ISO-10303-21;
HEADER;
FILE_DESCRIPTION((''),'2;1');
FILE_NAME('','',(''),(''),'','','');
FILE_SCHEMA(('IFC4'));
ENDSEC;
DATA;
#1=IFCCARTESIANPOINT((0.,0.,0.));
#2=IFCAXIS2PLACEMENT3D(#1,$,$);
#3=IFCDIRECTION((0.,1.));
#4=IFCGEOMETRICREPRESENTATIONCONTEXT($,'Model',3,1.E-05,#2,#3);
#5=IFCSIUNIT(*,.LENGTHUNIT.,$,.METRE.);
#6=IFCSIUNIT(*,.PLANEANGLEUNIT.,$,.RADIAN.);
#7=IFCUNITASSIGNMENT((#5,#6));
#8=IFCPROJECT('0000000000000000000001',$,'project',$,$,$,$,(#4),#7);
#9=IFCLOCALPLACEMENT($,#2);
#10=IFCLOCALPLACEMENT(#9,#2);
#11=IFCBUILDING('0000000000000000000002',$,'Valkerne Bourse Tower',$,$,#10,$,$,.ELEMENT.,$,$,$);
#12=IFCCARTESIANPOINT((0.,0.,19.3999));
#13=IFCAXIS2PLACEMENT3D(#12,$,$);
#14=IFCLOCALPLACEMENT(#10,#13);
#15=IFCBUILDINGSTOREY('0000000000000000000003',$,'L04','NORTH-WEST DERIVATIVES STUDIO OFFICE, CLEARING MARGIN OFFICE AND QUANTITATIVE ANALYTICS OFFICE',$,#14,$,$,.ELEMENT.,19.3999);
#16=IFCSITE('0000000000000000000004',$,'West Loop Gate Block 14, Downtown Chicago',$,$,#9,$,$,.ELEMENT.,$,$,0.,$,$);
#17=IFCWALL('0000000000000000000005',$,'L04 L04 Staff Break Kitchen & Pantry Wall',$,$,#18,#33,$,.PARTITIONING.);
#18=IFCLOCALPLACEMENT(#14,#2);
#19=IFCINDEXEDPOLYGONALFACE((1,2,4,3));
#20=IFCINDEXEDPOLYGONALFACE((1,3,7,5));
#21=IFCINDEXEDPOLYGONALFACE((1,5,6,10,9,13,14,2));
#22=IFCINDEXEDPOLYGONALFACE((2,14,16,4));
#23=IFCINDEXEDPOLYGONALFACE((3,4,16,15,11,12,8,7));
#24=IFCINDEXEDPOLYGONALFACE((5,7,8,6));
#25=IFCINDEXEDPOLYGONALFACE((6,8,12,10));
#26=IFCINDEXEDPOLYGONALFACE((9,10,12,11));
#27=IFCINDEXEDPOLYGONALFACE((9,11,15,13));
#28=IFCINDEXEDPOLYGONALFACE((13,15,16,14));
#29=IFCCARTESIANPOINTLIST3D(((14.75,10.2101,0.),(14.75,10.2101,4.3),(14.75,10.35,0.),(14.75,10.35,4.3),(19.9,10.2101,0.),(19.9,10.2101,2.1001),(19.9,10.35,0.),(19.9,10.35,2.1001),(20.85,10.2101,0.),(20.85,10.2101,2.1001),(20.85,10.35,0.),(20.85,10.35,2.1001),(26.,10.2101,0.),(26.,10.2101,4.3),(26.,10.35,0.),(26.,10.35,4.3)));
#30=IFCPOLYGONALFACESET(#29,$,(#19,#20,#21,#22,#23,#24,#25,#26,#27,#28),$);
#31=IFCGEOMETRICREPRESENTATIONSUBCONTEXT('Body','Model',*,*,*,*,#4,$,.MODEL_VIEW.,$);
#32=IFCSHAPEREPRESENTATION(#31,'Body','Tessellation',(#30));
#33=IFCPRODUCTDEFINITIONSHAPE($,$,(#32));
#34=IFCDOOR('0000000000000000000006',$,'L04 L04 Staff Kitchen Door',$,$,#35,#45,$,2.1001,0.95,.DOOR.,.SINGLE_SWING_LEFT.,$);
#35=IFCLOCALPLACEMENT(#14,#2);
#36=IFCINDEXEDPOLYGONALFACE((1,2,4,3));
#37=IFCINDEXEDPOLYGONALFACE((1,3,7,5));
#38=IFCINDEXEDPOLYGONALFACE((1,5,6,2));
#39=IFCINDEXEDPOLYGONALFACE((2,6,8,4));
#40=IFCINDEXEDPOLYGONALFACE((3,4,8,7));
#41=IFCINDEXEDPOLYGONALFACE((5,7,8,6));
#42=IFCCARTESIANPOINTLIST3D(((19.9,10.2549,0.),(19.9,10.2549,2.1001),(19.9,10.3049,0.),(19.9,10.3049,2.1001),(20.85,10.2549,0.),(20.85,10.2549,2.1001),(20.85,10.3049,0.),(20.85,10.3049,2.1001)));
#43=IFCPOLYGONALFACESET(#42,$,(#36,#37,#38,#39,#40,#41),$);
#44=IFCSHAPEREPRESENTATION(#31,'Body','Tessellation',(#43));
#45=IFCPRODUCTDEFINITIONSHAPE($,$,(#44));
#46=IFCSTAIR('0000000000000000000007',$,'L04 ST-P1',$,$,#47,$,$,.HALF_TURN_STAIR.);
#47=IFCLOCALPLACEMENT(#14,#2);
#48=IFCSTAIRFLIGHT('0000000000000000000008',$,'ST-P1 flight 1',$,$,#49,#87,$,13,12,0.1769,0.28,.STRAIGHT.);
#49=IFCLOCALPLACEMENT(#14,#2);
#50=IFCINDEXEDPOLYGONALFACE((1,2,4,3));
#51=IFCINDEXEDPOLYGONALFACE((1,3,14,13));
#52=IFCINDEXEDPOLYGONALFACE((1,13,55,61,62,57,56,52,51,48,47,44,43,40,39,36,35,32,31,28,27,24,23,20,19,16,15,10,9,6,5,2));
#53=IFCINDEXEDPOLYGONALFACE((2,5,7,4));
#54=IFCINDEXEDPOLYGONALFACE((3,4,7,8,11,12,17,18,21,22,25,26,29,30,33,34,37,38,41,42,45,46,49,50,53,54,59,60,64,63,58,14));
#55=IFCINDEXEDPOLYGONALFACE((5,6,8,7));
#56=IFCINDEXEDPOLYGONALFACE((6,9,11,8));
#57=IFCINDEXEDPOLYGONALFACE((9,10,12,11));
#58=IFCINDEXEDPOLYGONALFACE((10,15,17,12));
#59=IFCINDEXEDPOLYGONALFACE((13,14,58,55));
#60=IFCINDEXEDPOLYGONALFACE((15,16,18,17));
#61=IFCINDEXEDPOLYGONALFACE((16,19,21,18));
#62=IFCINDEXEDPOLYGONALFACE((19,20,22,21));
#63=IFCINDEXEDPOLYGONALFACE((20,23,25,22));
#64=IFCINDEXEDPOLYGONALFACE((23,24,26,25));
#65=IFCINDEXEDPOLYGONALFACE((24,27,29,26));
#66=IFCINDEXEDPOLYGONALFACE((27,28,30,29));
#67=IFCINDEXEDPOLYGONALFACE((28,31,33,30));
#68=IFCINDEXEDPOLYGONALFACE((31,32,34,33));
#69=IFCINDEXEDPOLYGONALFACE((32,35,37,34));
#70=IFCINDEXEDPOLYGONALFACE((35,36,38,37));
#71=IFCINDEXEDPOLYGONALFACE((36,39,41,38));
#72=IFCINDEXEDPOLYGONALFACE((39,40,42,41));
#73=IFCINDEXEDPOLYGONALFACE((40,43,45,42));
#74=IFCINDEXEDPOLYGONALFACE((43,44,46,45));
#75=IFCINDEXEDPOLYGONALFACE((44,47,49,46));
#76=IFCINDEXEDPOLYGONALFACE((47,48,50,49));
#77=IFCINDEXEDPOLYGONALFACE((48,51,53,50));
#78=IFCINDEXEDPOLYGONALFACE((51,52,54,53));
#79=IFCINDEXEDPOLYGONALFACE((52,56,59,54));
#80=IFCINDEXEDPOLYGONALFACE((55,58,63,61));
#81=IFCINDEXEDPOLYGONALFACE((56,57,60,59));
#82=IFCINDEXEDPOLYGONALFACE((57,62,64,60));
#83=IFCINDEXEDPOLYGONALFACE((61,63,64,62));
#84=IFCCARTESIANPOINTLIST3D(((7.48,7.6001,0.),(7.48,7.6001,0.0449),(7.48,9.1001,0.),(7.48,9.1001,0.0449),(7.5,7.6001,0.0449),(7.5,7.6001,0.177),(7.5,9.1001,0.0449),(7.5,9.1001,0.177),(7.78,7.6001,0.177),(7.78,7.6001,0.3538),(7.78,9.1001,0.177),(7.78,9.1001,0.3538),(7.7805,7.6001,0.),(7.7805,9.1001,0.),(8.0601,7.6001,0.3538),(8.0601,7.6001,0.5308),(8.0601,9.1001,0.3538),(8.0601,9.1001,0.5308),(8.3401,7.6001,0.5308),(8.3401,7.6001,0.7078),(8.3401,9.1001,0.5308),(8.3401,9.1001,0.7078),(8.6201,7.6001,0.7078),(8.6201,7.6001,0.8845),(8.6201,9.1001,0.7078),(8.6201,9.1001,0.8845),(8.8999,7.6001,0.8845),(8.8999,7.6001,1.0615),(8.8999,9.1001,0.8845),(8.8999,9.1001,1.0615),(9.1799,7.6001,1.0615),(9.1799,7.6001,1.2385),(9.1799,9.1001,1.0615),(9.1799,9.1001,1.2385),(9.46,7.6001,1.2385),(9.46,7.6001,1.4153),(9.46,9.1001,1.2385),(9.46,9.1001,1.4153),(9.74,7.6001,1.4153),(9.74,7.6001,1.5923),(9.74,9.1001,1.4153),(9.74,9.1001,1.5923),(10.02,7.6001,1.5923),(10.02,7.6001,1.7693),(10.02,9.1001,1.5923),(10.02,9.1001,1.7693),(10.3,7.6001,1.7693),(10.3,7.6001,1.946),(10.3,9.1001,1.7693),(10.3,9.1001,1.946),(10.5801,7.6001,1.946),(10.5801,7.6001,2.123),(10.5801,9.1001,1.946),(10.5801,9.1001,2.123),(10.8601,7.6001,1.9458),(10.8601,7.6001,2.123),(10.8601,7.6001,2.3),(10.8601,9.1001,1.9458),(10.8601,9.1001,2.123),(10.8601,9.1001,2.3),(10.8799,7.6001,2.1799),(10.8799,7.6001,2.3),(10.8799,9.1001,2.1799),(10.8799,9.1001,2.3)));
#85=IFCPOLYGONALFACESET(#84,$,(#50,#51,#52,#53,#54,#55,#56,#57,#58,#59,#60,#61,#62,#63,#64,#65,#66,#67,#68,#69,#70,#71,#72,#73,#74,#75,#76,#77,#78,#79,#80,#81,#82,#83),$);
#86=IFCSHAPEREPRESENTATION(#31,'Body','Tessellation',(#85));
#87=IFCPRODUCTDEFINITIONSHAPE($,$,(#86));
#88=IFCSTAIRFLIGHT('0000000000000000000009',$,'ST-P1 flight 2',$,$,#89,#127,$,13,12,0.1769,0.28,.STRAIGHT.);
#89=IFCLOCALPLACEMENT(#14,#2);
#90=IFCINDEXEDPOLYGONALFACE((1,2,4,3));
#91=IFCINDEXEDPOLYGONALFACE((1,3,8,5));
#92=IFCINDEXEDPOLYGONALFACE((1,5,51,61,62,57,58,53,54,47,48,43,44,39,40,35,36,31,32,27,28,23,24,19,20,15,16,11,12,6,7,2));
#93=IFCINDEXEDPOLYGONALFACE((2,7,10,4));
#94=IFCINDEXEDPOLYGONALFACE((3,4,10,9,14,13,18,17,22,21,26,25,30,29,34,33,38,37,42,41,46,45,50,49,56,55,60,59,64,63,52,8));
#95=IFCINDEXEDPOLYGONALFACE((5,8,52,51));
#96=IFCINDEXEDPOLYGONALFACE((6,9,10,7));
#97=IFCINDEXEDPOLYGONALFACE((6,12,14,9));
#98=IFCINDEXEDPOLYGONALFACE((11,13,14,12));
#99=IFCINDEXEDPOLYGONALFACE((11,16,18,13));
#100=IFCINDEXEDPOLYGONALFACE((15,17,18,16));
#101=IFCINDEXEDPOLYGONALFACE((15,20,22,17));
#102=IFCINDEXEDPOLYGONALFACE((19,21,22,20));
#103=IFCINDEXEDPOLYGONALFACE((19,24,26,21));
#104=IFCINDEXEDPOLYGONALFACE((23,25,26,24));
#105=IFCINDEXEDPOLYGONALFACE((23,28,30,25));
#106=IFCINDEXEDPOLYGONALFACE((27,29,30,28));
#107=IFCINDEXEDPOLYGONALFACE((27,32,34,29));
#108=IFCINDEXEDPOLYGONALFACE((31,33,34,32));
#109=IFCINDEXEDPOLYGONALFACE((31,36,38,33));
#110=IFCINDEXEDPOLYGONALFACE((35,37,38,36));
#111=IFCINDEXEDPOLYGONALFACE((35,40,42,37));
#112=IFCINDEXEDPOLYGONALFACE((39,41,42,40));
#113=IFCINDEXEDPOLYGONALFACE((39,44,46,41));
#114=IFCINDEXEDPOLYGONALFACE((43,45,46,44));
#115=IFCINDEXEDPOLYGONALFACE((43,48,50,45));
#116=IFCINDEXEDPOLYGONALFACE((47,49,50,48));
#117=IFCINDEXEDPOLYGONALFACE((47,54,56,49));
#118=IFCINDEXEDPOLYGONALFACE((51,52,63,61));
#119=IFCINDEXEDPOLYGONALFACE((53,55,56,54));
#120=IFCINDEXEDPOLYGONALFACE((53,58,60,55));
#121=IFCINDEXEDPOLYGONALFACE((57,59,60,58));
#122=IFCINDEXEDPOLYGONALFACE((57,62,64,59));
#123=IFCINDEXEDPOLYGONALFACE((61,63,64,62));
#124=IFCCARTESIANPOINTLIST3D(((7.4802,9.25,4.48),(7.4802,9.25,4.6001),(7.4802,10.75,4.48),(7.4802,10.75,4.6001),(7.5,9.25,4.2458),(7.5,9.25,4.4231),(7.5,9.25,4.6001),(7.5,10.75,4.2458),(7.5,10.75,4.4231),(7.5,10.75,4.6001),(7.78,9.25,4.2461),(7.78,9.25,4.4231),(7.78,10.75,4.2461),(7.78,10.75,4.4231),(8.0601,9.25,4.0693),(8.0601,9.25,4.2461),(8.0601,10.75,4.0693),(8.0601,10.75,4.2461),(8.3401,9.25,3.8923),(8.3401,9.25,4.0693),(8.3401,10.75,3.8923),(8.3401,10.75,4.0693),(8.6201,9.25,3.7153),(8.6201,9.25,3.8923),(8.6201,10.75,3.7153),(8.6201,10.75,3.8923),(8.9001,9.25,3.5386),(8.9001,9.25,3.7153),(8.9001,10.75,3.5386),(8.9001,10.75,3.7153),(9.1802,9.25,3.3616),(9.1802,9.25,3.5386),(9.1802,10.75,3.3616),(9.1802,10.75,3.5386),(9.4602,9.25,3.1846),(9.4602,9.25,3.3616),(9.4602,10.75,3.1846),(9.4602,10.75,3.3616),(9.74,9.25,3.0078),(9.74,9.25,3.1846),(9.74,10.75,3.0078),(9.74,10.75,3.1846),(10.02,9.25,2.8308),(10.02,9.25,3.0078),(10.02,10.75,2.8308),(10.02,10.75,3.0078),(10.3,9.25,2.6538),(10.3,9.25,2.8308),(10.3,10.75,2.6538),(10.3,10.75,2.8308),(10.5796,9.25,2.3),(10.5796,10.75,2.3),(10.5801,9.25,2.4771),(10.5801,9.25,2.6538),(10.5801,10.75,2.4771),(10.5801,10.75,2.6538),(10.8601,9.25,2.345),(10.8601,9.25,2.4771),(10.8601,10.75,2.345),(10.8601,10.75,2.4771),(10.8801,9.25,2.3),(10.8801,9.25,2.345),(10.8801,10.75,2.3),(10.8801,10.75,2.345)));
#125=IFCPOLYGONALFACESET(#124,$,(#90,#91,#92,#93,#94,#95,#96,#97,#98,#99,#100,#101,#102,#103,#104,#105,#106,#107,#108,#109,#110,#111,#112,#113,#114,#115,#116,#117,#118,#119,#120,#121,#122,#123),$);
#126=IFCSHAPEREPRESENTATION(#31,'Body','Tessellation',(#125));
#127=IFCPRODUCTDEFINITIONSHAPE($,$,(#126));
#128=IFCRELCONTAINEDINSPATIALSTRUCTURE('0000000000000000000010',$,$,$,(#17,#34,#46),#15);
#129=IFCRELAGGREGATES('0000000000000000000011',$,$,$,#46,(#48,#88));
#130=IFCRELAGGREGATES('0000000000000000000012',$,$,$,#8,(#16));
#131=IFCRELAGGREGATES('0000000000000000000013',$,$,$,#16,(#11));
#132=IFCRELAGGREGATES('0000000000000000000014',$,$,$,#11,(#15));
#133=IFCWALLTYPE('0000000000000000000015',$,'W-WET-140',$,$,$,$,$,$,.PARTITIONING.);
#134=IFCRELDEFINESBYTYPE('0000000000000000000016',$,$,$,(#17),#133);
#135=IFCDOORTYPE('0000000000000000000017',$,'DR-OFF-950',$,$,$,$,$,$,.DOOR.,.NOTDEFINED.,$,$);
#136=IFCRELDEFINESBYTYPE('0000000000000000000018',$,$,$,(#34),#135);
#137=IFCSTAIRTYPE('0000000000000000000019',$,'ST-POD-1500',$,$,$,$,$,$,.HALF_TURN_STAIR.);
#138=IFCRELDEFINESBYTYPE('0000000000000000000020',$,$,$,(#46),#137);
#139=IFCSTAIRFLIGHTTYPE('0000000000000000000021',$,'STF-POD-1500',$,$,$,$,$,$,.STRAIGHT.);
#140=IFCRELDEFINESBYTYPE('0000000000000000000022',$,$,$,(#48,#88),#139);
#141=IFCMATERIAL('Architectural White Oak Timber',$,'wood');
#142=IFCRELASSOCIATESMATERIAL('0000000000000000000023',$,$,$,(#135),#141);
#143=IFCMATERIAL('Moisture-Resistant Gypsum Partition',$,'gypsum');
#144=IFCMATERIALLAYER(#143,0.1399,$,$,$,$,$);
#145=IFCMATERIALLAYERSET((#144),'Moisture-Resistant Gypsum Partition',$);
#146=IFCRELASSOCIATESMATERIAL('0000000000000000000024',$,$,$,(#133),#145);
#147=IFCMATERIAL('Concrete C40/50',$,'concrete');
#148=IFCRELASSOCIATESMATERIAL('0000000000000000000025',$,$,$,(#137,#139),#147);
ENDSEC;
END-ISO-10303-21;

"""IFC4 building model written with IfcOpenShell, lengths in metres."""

from ifc_helpers import new_model, si_unit, direction, frame, frame_2d, origin, place, context, subcontext, project, spatial, polyline, rectangle, outline, extrude, material, layer, layer_set, type_object, element, fill, aggregate, save


model = new_model("IFC4")

# Units and contexts
model_context = context("Model", 3, precision=1e-05, world=origin(), true_north=direction((0.0, 1.0)))
body_context = subcontext(model_context, "Body", "Model", "MODEL_VIEW")
ifc_project = project(units=[si_unit("LENGTHUNIT", "METRE"), si_unit("PLANEANGLEUNIT", "RADIAN")], contexts=[model_context])

# Site, building, storey
site_placement = place(None, origin())
site = spatial("IfcSite", under=ifc_project, at=site_placement, Name="West Loop Gate Block 14, Downtown Chicago", CompositionType="ELEMENT", RefElevation=0.0)
building_placement = place(site_placement, origin())
building = spatial("IfcBuilding", under=site, at=building_placement, Name="Valkerne Bourse Tower", CompositionType="ELEMENT")
storey_placement = place(building_placement, frame((0.0, 0.0, 19.3999)))
storey = spatial("IfcBuildingStorey", under=building, at=storey_placement, Name="L04", Description="NORTH-WEST DERIVATIVES STUDIO OFFICE, CLEARING MARGIN OFFICE AND QUANTITATIVE ANALYTICS OFFICE", CompositionType="ELEMENT", Elevation=19.3999)

# Shared definitions
ifc_material_1 = material(Name="Architectural White Oak Timber", Category="wood")
door_type = type_object("IfcDoorType", Name="DR-OFF-950", OperationType="NOTDEFINED", PredefinedType="DOOR", material=ifc_material_1)

# Shared definitions
ifc_material_2 = material(Name="Concrete C40/50", Category="concrete")

# Wall, opening, door
ifc_material_3 = material(Name="Moisture-Resistant Gypsum Partition", Category="gypsum")
ifc_layer_1 = layer(ifc_material_3, 0.1399)
ifc_layer_set_1 = layer_set([ifc_layer_1], Name="Moisture-Resistant Gypsum Partition")
wall_type_1 = type_object("IfcWallType", Name="W-WET-140", PredefinedType="PARTITIONING", material=ifc_layer_set_1)
wall_1_placement = place(storey_placement, frame((14.75, 10.28, 0.0), z_axis=(0.0, 0.0, 1.0), x_axis=(1.0, 0.0, 0.0)))
wall_1 = element("IfcWall", 1, at=wall_1_placement, inside=storey, type_object=wall_type_1, Name="L04 L04 Staff Break Kitchen & Pantry Wall", PredefinedType="PARTITIONING", context=body_context, shape_type="SweptSolid", body=[
    extrude(rectangle(XDim=11.25, YDim=0.1399, at=frame_2d((5.625, 0.0))), origin(), (0.0, 0.0, 1.0), 4.3),
])
opening_1_placement = place(wall_1_placement, frame((5.1499, 0.0, 0.0)))
opening_1 = element("IfcOpeningElement", 2, at=opening_1_placement, cuts=wall_1, PredefinedType="OPENING", context=body_context, shape_type="SweptSolid", body=[
    extrude(rectangle(XDim=0.95, YDim=2.1001, at=frame_2d((0.4751, 1.05))), frame((0.0, 0.0798, 0.0), z_axis=(0.0, -1.0, 0.0), x_axis=(1.0, 0.0, 0.0)), (0.0, 0.0, 1.0), 0.1599),
])
door_1_placement = place(opening_1_placement, origin())
door_1 = element("IfcDoor", 3, at=door_1_placement, inside=storey, type_object=door_type, Name="L04 L04 Staff Kitchen Door", OperationType="SINGLE_SWING_LEFT", OverallHeight=2.1001, OverallWidth=0.95, PredefinedType="DOOR", context=body_context, shape_type="SweptSolid", body=[
    extrude(rectangle(XDim=0.95, YDim=2.1001, at=frame_2d((0.4751, 1.05))), frame((0.0, 0.0249, 0.0), z_axis=(0.0, -1.0, 0.0), x_axis=(1.0, 0.0, 0.0)), (0.0, 0.0, 1.0), 0.05),
])
fill(opening_1, door_1)

# Stair, stair flights
stair_type = type_object("IfcStairType", Name="ST-POD-1500", PredefinedType="HALF_TURN_STAIR", material=ifc_material_2)
stair_placement = place(storey_placement, origin())
stair = element("IfcStair", 4, at=stair_placement, inside=storey, type_object=stair_type, Name="L04 ST-P1", PredefinedType="HALF_TURN_STAIR")
stair_flight_type = type_object("IfcStairFlightType", Name="STF-POD-1500", PredefinedType="STRAIGHT", material=ifc_material_2)
stair_flight_1_placement = place(storey_placement, frame((7.5, 8.3501, 0.0), z_axis=(0.0, 0.0, 1.0), x_axis=(1.0, 0.0, 0.0)))
stair_flight_1 = element("IfcStairFlight", 5, at=stair_flight_1_placement, type_object=stair_flight_type, Name="ST-P1 flight 1", NumberOfRisers=13, NumberOfTreads=12, PredefinedType="STRAIGHT", RiserHeight=0.1769, TreadLength=0.28, context=body_context, shape_type="SweptSolid", body=[
    extrude(outline(polyline([(-0.02, 0.0), (-0.02, 0.0449), (0.0, 0.0449), (0.0, 0.177), (0.28, 0.177), (0.28, 0.3538), (0.5601, 0.3538), (0.5601, 0.5308), (0.8401, 0.5308), (0.8401, 0.7078), (1.1201, 0.7078), (1.1201, 0.8845), (1.3999, 0.8845), (1.3999, 1.0615), (1.6799, 1.0615), (1.6799, 1.2385), (1.96, 1.2385), (1.96, 1.4153), (2.24, 1.4153), (2.24, 1.5923), (2.52, 1.5923), (2.52, 1.7693), (2.8, 1.7693), (2.8, 1.946), (3.0801, 1.946), (3.0801, 2.123), (3.3601, 2.123), (3.3601, 2.3), (3.3799, 2.3), (3.3799, 2.1799), (3.3601, 1.9458), (0.2805, 0.0), (-0.02, 0.0)])), frame((0.0, 0.75, 0.0), z_axis=(0.0, -1.0, 0.0), x_axis=(1.0, 0.0, 0.0)), (0.0, 0.0, 1.0), 1.5),
])
stair_flight_2_placement = place(storey_placement, frame((10.8601, 10.0, 2.3), z_axis=(0.0, 0.0, 1.0), x_axis=(-1.0, 0.0, 0.0)))
stair_flight_2 = element("IfcStairFlight", 6, at=stair_flight_2_placement, type_object=stair_flight_type, Name="ST-P1 flight 2", NumberOfRisers=13, NumberOfTreads=12, PredefinedType="STRAIGHT", RiserHeight=0.1769, TreadLength=0.28, context=body_context, shape_type="SweptSolid", body=[
    extrude(outline(polyline([(-0.02, 0.0), (-0.02, 0.0449), (0.0, 0.0449), (0.0, 0.177), (0.28, 0.177), (0.28, 0.3538), (0.5601, 0.3538), (0.5601, 0.5308), (0.8401, 0.5308), (0.8401, 0.7078), (1.1201, 0.7078), (1.1201, 0.8845), (1.3999, 0.8845), (1.3999, 1.0615), (1.6799, 1.0615), (1.6799, 1.2385), (1.96, 1.2385), (1.96, 1.4153), (2.24, 1.4153), (2.24, 1.5923), (2.52, 1.5923), (2.52, 1.7693), (2.8, 1.7693), (2.8, 1.946), (3.0801, 1.946), (3.0801, 2.123), (3.3601, 2.123), (3.3601, 2.3), (3.3799, 2.3), (3.3799, 2.1799), (3.3601, 1.9458), (0.2805, 0.0), (-0.02, 0.0)])), frame((0.0, 0.75, 0.0), z_axis=(0.0, -1.0, 0.0), x_axis=(1.0, 0.0, 0.0)), (0.0, 0.0, 1.0), 1.5),
])
aggregate(stair, [stair_flight_1, stair_flight_2])

save(model, "model.ifc")
